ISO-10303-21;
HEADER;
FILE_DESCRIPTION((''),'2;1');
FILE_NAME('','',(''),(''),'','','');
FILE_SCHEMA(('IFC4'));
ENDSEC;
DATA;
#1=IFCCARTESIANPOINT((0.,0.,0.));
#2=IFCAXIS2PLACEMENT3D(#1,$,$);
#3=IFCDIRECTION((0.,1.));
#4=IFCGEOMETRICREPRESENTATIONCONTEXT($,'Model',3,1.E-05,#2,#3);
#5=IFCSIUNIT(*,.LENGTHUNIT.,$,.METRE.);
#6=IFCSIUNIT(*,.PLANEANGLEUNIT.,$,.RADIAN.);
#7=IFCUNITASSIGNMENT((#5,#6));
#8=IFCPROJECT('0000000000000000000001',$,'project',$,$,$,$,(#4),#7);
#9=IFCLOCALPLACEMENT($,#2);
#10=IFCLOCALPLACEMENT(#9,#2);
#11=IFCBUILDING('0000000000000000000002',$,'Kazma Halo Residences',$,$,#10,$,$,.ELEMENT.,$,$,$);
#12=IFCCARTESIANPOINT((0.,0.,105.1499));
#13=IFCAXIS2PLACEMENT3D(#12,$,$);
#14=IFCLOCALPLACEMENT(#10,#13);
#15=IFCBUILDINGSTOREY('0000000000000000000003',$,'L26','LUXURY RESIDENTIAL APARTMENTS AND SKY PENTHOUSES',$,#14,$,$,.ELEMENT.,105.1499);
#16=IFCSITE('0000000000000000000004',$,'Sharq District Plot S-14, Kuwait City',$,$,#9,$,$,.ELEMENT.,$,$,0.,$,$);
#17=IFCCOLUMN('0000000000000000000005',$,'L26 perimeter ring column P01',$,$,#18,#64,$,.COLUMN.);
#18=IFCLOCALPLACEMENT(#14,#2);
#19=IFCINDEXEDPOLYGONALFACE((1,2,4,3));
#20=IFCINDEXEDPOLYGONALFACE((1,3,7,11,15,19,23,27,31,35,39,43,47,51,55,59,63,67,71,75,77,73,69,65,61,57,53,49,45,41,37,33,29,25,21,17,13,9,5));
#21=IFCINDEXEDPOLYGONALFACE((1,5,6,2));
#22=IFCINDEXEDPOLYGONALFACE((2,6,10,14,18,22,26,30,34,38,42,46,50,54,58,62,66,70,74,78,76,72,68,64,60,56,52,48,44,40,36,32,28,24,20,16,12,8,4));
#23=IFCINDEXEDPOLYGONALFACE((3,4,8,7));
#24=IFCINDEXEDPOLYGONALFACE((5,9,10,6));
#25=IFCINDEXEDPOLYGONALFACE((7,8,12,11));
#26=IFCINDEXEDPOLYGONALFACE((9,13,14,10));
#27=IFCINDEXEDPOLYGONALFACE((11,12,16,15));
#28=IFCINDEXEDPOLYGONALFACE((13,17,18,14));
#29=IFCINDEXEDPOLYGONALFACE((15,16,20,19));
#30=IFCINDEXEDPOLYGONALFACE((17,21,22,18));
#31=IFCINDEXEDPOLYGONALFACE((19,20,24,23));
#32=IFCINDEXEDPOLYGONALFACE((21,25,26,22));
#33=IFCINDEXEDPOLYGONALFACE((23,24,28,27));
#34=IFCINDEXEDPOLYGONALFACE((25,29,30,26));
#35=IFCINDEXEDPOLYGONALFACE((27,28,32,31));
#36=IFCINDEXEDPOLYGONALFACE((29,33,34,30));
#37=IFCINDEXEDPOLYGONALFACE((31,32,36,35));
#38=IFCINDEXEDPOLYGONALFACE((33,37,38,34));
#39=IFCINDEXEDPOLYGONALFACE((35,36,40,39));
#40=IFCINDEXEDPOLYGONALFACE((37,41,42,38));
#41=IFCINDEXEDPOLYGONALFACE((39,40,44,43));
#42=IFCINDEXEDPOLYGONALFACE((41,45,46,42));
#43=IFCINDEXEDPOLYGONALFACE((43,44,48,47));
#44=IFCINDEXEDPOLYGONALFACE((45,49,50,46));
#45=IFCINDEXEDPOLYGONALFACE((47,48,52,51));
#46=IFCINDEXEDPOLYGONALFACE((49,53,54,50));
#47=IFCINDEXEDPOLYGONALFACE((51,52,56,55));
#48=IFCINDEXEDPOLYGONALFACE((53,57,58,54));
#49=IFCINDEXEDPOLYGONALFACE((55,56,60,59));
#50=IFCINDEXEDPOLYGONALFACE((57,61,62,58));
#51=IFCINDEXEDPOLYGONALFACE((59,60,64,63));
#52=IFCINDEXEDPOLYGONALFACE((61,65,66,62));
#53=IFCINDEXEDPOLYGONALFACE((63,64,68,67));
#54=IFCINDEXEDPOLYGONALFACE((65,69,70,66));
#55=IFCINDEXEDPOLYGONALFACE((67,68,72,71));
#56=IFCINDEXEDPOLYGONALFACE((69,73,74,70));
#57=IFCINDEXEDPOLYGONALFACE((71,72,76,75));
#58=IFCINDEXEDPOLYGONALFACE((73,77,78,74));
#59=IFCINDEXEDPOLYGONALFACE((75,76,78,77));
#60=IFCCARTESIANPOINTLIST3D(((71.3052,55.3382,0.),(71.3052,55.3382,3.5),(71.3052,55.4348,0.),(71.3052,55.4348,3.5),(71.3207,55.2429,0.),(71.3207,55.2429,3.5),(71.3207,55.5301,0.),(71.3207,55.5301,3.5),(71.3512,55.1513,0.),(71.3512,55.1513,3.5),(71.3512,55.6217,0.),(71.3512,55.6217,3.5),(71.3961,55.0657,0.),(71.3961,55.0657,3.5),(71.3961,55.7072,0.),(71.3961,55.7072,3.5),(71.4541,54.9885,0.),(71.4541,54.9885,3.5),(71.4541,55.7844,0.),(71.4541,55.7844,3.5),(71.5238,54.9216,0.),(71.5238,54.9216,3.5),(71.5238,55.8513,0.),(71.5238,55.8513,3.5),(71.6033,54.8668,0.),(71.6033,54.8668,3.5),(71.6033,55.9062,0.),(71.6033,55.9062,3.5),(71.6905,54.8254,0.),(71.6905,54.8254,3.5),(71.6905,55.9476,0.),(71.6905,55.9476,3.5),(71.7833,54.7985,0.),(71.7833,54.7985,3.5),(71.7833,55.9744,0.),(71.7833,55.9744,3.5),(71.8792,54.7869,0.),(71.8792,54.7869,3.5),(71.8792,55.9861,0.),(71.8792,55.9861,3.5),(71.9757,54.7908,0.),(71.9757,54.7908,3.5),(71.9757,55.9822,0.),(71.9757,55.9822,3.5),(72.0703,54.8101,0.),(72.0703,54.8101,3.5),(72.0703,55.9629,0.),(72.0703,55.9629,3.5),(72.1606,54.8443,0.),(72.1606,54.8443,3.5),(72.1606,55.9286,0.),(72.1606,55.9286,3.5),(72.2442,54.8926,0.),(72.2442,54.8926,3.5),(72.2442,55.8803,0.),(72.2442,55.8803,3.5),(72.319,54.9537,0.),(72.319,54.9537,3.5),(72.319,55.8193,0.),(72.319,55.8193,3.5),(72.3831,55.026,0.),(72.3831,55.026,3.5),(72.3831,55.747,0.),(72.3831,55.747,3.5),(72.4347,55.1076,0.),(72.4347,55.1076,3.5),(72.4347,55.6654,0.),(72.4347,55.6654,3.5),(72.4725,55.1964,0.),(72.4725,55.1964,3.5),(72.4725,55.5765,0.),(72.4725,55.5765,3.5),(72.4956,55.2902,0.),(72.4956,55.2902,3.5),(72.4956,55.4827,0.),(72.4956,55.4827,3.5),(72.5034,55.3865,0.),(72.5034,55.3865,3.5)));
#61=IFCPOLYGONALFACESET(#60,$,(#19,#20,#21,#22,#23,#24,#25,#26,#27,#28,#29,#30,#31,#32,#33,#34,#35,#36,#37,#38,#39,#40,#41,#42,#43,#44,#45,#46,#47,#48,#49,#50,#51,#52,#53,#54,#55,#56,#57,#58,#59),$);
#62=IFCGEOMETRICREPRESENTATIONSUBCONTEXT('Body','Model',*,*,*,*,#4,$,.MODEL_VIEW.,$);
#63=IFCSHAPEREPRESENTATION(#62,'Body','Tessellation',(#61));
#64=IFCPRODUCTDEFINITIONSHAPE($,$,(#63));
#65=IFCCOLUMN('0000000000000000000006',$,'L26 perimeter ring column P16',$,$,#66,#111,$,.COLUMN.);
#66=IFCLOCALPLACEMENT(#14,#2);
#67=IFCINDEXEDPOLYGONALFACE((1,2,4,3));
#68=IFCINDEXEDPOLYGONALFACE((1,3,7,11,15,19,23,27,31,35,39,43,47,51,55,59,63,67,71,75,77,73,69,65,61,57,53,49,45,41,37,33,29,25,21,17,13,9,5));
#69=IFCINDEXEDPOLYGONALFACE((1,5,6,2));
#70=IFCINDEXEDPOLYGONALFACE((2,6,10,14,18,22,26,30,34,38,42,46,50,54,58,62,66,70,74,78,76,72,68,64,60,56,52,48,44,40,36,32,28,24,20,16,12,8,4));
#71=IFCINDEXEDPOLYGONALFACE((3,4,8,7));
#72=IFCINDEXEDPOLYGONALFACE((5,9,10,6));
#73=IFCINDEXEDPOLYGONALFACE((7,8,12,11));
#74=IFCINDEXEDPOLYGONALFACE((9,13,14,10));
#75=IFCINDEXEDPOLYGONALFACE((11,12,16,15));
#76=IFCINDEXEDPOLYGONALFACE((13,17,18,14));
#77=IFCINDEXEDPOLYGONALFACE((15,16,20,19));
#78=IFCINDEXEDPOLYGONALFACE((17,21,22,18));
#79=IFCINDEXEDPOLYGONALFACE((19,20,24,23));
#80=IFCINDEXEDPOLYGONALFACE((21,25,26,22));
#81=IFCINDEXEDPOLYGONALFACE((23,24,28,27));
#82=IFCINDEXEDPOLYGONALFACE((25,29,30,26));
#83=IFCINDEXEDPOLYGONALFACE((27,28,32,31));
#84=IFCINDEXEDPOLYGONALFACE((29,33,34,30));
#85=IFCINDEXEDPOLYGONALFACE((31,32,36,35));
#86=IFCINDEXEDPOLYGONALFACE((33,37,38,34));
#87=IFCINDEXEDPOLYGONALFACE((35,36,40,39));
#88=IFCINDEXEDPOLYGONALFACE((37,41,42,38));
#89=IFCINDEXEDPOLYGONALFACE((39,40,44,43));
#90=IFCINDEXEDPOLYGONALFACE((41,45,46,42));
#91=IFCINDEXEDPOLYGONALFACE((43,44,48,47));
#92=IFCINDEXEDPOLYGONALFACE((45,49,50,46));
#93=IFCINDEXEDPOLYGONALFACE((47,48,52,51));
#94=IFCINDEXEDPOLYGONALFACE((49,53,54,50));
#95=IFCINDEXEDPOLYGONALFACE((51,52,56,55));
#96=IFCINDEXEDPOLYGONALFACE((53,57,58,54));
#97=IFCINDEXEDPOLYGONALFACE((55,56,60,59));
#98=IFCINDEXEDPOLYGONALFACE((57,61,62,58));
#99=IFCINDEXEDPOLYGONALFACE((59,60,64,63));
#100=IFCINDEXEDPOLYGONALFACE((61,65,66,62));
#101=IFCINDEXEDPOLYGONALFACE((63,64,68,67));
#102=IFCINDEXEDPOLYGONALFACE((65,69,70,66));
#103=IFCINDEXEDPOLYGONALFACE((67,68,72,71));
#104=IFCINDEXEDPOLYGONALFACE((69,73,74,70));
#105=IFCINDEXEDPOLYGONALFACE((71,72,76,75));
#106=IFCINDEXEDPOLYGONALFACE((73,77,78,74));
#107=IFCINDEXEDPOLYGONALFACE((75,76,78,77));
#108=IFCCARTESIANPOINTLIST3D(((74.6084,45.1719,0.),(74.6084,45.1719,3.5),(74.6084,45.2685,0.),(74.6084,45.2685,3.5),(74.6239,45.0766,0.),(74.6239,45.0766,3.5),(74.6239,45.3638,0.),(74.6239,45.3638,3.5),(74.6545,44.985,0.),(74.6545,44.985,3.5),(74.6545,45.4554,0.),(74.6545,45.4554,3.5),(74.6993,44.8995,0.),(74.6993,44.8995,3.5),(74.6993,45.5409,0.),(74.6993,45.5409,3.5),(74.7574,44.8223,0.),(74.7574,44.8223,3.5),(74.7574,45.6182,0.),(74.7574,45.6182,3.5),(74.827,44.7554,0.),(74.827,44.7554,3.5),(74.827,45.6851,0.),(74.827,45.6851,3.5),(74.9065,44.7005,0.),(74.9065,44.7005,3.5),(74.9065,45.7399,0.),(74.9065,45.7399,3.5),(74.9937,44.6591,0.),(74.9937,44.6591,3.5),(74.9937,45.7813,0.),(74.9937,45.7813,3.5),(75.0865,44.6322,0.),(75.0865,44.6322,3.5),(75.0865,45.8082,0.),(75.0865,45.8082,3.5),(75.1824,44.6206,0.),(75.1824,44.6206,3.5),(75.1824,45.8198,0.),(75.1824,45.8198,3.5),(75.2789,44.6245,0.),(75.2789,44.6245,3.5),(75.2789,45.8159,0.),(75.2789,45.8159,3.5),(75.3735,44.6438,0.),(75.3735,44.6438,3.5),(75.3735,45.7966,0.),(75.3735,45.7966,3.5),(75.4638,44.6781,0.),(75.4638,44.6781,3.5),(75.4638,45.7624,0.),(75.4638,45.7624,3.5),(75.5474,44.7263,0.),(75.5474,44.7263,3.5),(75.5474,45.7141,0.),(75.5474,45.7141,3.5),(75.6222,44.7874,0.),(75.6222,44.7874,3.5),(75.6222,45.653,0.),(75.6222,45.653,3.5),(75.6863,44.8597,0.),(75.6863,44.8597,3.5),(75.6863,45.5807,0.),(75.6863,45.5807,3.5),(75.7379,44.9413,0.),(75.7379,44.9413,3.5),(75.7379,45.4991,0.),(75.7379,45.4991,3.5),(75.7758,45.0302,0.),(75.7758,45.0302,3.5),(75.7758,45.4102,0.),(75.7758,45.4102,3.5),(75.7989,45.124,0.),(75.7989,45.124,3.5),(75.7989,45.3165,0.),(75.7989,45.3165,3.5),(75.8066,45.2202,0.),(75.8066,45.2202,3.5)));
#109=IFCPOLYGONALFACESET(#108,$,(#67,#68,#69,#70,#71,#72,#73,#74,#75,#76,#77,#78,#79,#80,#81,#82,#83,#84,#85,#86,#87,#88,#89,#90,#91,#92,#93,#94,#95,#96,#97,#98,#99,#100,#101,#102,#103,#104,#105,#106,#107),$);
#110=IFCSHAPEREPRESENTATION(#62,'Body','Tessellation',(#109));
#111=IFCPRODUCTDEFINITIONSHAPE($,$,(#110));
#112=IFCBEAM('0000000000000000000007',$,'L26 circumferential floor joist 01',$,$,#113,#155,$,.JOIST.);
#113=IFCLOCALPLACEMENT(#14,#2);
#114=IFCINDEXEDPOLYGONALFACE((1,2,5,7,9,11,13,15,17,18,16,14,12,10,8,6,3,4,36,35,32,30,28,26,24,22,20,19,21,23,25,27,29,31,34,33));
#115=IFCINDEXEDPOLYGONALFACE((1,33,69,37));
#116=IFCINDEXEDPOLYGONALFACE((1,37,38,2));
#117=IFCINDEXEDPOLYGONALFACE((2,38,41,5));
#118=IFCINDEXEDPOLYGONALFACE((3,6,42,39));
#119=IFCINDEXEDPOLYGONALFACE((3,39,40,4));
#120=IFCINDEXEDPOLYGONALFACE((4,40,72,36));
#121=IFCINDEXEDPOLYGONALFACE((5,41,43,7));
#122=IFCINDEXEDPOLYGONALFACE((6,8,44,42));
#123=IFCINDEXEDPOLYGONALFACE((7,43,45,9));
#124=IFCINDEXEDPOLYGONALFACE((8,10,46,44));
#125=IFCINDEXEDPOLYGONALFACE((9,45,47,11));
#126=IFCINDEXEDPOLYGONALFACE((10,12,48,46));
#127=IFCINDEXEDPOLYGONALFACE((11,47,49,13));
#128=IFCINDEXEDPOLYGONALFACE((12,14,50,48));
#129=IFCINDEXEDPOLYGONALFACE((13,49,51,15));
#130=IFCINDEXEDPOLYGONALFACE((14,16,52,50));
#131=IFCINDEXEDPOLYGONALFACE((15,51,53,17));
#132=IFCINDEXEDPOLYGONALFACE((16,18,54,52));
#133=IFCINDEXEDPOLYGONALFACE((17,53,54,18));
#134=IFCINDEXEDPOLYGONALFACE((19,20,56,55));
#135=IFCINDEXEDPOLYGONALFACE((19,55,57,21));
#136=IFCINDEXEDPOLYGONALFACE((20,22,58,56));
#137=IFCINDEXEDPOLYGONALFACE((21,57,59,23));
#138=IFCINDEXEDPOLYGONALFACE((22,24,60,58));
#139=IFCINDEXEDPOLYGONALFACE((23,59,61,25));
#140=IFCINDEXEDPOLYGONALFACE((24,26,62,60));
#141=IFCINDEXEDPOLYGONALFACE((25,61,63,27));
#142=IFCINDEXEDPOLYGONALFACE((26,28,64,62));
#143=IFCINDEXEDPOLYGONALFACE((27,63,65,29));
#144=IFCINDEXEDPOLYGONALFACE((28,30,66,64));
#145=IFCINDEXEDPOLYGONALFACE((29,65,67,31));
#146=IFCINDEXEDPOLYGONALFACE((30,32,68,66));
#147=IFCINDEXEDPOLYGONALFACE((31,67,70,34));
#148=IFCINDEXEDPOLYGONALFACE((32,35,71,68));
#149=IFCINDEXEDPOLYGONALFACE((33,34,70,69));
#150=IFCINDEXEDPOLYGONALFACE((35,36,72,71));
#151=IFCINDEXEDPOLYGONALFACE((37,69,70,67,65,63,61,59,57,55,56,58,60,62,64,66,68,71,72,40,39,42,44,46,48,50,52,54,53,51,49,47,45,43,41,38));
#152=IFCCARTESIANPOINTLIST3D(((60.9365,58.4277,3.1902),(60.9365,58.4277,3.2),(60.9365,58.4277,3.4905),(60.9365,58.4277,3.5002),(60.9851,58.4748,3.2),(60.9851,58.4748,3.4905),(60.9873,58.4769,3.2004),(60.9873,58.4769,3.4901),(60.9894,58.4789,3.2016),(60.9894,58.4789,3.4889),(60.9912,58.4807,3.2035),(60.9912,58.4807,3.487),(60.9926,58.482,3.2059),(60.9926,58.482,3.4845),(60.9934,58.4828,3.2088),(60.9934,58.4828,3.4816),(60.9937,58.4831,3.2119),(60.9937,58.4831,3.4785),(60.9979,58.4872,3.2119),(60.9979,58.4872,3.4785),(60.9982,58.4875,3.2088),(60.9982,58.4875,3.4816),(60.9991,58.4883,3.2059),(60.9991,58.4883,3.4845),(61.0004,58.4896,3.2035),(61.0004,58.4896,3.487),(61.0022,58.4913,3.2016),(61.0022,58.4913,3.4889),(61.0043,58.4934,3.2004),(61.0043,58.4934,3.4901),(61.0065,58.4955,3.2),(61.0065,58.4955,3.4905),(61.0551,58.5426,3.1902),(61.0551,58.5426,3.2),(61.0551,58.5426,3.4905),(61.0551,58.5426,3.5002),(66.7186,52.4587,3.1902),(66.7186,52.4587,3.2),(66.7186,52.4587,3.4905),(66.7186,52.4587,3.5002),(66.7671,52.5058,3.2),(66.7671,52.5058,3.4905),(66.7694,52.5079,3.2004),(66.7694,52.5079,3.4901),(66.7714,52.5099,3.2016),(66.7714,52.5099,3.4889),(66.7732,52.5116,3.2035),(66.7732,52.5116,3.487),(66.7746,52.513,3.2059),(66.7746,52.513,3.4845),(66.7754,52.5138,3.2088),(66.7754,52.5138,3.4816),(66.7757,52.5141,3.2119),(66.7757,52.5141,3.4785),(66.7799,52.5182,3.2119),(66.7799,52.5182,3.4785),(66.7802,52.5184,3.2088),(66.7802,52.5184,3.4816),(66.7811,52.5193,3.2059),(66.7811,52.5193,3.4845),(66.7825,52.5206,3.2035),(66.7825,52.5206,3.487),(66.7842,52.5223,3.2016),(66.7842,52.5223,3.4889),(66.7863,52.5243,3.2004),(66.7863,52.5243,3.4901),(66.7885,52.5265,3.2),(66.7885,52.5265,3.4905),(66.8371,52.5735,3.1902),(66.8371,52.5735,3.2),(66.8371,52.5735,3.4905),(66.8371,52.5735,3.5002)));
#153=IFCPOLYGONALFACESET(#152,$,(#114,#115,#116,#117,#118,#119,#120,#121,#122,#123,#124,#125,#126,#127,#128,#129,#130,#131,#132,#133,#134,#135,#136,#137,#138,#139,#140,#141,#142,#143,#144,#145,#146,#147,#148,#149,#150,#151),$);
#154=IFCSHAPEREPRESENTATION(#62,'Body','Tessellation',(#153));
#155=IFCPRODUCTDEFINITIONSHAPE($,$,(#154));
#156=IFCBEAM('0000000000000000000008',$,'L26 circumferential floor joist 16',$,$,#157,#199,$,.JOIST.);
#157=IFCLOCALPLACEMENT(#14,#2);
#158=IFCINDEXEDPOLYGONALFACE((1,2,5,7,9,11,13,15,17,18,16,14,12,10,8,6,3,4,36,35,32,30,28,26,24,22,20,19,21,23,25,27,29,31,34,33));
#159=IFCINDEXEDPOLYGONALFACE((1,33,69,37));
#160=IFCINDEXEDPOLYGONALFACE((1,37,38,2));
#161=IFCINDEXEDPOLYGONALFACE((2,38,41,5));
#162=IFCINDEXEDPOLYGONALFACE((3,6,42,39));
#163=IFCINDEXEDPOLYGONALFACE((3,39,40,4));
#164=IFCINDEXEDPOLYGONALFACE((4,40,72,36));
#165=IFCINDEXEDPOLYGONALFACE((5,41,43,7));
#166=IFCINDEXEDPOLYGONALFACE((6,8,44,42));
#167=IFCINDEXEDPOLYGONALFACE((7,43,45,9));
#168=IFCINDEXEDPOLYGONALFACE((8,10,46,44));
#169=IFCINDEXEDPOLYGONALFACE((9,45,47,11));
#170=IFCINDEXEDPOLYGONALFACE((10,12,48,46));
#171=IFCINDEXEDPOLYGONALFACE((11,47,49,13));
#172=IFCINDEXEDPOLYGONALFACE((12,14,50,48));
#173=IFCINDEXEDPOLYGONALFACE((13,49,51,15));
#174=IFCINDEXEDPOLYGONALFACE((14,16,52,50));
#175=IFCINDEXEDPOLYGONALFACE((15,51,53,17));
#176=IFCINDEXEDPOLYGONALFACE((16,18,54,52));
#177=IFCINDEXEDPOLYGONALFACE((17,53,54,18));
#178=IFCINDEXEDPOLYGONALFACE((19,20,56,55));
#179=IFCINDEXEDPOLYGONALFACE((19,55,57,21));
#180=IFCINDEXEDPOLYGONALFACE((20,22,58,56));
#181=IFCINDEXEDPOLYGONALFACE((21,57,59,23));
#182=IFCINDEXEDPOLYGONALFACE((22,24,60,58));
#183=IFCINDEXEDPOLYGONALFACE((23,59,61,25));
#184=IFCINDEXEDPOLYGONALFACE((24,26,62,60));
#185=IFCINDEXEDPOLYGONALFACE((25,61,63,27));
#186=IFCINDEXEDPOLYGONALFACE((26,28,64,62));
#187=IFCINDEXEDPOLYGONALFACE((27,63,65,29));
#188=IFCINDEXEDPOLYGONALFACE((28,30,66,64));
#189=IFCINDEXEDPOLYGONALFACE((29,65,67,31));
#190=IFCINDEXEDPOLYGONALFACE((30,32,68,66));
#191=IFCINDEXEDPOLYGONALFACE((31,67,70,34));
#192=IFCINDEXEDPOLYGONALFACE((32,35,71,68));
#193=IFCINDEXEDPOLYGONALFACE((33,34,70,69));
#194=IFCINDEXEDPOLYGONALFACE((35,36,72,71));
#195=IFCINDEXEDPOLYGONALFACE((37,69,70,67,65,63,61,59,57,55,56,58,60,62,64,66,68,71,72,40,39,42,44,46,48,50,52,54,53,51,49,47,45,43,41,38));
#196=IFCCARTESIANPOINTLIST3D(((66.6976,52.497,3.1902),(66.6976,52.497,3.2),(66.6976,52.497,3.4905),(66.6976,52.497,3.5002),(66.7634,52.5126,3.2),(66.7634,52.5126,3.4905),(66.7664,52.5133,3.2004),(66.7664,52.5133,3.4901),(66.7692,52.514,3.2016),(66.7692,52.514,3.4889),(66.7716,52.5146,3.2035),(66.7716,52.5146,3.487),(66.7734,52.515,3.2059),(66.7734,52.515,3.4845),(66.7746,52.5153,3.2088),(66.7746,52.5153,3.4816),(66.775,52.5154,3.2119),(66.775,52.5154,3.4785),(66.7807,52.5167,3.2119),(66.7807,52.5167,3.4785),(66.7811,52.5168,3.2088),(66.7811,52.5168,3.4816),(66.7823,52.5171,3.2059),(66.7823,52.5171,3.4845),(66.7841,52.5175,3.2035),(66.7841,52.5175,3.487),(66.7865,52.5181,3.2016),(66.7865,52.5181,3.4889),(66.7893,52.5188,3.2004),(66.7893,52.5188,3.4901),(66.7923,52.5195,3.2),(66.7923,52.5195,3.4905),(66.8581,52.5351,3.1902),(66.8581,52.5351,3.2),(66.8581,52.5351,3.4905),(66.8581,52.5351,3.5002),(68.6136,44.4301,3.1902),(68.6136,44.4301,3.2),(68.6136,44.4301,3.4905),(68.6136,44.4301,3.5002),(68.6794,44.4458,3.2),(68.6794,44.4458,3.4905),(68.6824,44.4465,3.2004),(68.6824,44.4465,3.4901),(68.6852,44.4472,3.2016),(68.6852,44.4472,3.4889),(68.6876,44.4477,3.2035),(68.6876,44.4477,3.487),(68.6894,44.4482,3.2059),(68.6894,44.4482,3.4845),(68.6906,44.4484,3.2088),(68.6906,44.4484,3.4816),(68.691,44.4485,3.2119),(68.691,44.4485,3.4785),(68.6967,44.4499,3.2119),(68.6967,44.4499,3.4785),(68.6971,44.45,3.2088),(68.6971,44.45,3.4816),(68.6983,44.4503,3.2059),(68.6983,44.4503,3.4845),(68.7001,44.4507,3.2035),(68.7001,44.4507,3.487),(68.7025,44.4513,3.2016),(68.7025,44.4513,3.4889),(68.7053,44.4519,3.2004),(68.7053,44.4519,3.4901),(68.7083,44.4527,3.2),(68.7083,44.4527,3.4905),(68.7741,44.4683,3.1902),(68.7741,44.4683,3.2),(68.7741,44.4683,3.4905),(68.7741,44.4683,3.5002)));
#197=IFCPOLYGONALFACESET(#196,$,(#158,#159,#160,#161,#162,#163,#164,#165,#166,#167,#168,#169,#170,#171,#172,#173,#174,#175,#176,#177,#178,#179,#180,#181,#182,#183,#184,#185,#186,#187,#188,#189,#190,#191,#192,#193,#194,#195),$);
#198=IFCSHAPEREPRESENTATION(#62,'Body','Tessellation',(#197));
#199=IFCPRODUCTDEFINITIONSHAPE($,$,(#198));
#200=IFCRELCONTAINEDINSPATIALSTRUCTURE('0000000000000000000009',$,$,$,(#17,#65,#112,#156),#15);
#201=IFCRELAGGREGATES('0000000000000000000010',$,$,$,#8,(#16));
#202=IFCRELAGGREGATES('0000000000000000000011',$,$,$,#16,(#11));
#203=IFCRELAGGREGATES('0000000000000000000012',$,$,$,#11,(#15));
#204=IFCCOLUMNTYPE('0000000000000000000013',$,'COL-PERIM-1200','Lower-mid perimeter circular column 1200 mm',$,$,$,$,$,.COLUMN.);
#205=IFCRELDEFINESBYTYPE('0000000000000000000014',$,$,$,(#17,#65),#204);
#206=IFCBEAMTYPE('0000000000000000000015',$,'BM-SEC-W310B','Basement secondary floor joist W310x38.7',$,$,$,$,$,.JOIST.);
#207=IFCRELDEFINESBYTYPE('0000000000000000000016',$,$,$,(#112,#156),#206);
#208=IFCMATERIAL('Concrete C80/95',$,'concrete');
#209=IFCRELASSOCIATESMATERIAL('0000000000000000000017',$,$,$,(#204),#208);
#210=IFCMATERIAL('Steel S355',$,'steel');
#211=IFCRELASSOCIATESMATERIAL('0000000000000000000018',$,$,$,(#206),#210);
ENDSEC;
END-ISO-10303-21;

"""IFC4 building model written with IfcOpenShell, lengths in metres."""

from ifc_helpers import new_model, si_unit, direction, frame, origin, origin_2d, place, context, subcontext, project, spatial, circle, i_section, extrude, material, material_profile, profile_set, type_object, element, save


model = new_model("IFC4")

# Units and contexts
model_context = context("Model", 3, precision=1e-05, world=origin(), true_north=direction((0.0, 1.0)))
body_context = subcontext(model_context, "Body", "Model", "MODEL_VIEW")
ifc_project = project(units=[si_unit("LENGTHUNIT", "METRE"), si_unit("PLANEANGLEUNIT", "RADIAN")], contexts=[model_context])

# Site, building, storey
site_placement = place(None, origin())
site = spatial("IfcSite", under=ifc_project, at=site_placement, Name="Sharq District Plot S-14, Kuwait City", CompositionType="ELEMENT", RefElevation=0.0)
building_placement = place(site_placement, origin())
building = spatial("IfcBuilding", under=site, at=building_placement, Name="Kazma Halo Residences", CompositionType="ELEMENT")
storey_placement = place(building_placement, frame((0.0, 0.0, 105.1499)))
storey = spatial("IfcBuildingStorey", under=building, at=storey_placement, Name="L26", Description="LUXURY RESIDENTIAL APARTMENTS AND SKY PENTHOUSES", CompositionType="ELEMENT", Elevation=105.1499)

# Columns
ifc_material_1 = material(Name="Concrete C80/95", Category="concrete")
ifc_material_profile_1 = material_profile(ifc_material_1, circle(Radius=0.6001, at=origin_2d()), Name="CIRC1200")
ifc_profile_set_1 = profile_set([ifc_material_profile_1], Name="Concrete C80/95")
column_type = type_object("IfcColumnType", Name="COL-PERIM-1200", Description="Lower-mid perimeter circular column 1200 mm", PredefinedType="COLUMN", material=ifc_profile_set_1)
for number, where, z_axis, x_axis, name in (
    (1, (71.9033, 55.3865, 0.0), (0.0, 0.0, 1.0), (1.0, 0.0, 0.0), "L26 perimeter ring column P01"),
    (2, (75.2065, 45.2202, 0.0), (0.0, 0.0, 1.0), (1.0, 0.0, 0.0), "L26 perimeter ring column P16"),
):
    element("IfcColumn", number, at=place(storey_placement, frame(where, z_axis=z_axis, x_axis=x_axis)), inside=storey, type_object=column_type, Name=name, PredefinedType="COLUMN", context=body_context, shape_type="SweptSolid", body=[
        extrude(circle(Radius=0.6001, at=origin_2d()), origin(), (0.0, 0.0, 1.0), 3.5),
    ])

# Beams
ifc_material_2 = material(Name="Steel S355", Category="steel")
ifc_material_profile_2 = material_profile(ifc_material_2, i_section(OverallWidth=0.165, OverallDepth=0.3101, WebThickness=0.0059, FlangeThickness=0.0098, FilletRadius=0.012, at=origin_2d()), Name="W310x38.7")
ifc_profile_set_2 = profile_set([ifc_material_profile_2], Name="Steel S355")
beam_type_1 = type_object("IfcBeamType", Name="BM-SEC-W310B", Description="Basement secondary floor joist W310x38.7", PredefinedType="JOIST", material=ifc_profile_set_2)
beam_1_placement = place(storey_placement, frame((66.7778, 52.5161, 3.3452), z_axis=(-0.695765, 0.718269, 0.0), x_axis=(-0.718269, -0.695765, 0.0)))
element("IfcBeam", 3, at=beam_1_placement, inside=storey, type_object=beam_type_1, Name="L26 circumferential floor joist 01", PredefinedType="JOIST", context=body_context, shape_type="SweptSolid", body=[
    extrude(i_section(OverallWidth=0.165, OverallDepth=0.3101, WebThickness=0.0059, FlangeThickness=0.0098, FilletRadius=0.012, at=origin_2d()), origin(), (0.0, 0.0, 1.0), 8.3103),
])
beam_2_placement = place(storey_placement, frame((68.6938, 44.4492, 3.3452), z_axis=(-0.231087, 0.972933, 0.0), x_axis=(-0.972933, -0.231087, 0.0)))
element("IfcBeam", 4, at=beam_2_placement, inside=storey, type_object=beam_type_1, Name="L26 circumferential floor joist 16", PredefinedType="JOIST", context=body_context, shape_type="SweptSolid", body=[
    extrude(i_section(OverallWidth=0.165, OverallDepth=0.3101, WebThickness=0.0059, FlangeThickness=0.0098, FilletRadius=0.012, at=origin_2d()), origin(), (0.0, 0.0, 1.0), 8.2913),
])

save(model, "model.ifc")
